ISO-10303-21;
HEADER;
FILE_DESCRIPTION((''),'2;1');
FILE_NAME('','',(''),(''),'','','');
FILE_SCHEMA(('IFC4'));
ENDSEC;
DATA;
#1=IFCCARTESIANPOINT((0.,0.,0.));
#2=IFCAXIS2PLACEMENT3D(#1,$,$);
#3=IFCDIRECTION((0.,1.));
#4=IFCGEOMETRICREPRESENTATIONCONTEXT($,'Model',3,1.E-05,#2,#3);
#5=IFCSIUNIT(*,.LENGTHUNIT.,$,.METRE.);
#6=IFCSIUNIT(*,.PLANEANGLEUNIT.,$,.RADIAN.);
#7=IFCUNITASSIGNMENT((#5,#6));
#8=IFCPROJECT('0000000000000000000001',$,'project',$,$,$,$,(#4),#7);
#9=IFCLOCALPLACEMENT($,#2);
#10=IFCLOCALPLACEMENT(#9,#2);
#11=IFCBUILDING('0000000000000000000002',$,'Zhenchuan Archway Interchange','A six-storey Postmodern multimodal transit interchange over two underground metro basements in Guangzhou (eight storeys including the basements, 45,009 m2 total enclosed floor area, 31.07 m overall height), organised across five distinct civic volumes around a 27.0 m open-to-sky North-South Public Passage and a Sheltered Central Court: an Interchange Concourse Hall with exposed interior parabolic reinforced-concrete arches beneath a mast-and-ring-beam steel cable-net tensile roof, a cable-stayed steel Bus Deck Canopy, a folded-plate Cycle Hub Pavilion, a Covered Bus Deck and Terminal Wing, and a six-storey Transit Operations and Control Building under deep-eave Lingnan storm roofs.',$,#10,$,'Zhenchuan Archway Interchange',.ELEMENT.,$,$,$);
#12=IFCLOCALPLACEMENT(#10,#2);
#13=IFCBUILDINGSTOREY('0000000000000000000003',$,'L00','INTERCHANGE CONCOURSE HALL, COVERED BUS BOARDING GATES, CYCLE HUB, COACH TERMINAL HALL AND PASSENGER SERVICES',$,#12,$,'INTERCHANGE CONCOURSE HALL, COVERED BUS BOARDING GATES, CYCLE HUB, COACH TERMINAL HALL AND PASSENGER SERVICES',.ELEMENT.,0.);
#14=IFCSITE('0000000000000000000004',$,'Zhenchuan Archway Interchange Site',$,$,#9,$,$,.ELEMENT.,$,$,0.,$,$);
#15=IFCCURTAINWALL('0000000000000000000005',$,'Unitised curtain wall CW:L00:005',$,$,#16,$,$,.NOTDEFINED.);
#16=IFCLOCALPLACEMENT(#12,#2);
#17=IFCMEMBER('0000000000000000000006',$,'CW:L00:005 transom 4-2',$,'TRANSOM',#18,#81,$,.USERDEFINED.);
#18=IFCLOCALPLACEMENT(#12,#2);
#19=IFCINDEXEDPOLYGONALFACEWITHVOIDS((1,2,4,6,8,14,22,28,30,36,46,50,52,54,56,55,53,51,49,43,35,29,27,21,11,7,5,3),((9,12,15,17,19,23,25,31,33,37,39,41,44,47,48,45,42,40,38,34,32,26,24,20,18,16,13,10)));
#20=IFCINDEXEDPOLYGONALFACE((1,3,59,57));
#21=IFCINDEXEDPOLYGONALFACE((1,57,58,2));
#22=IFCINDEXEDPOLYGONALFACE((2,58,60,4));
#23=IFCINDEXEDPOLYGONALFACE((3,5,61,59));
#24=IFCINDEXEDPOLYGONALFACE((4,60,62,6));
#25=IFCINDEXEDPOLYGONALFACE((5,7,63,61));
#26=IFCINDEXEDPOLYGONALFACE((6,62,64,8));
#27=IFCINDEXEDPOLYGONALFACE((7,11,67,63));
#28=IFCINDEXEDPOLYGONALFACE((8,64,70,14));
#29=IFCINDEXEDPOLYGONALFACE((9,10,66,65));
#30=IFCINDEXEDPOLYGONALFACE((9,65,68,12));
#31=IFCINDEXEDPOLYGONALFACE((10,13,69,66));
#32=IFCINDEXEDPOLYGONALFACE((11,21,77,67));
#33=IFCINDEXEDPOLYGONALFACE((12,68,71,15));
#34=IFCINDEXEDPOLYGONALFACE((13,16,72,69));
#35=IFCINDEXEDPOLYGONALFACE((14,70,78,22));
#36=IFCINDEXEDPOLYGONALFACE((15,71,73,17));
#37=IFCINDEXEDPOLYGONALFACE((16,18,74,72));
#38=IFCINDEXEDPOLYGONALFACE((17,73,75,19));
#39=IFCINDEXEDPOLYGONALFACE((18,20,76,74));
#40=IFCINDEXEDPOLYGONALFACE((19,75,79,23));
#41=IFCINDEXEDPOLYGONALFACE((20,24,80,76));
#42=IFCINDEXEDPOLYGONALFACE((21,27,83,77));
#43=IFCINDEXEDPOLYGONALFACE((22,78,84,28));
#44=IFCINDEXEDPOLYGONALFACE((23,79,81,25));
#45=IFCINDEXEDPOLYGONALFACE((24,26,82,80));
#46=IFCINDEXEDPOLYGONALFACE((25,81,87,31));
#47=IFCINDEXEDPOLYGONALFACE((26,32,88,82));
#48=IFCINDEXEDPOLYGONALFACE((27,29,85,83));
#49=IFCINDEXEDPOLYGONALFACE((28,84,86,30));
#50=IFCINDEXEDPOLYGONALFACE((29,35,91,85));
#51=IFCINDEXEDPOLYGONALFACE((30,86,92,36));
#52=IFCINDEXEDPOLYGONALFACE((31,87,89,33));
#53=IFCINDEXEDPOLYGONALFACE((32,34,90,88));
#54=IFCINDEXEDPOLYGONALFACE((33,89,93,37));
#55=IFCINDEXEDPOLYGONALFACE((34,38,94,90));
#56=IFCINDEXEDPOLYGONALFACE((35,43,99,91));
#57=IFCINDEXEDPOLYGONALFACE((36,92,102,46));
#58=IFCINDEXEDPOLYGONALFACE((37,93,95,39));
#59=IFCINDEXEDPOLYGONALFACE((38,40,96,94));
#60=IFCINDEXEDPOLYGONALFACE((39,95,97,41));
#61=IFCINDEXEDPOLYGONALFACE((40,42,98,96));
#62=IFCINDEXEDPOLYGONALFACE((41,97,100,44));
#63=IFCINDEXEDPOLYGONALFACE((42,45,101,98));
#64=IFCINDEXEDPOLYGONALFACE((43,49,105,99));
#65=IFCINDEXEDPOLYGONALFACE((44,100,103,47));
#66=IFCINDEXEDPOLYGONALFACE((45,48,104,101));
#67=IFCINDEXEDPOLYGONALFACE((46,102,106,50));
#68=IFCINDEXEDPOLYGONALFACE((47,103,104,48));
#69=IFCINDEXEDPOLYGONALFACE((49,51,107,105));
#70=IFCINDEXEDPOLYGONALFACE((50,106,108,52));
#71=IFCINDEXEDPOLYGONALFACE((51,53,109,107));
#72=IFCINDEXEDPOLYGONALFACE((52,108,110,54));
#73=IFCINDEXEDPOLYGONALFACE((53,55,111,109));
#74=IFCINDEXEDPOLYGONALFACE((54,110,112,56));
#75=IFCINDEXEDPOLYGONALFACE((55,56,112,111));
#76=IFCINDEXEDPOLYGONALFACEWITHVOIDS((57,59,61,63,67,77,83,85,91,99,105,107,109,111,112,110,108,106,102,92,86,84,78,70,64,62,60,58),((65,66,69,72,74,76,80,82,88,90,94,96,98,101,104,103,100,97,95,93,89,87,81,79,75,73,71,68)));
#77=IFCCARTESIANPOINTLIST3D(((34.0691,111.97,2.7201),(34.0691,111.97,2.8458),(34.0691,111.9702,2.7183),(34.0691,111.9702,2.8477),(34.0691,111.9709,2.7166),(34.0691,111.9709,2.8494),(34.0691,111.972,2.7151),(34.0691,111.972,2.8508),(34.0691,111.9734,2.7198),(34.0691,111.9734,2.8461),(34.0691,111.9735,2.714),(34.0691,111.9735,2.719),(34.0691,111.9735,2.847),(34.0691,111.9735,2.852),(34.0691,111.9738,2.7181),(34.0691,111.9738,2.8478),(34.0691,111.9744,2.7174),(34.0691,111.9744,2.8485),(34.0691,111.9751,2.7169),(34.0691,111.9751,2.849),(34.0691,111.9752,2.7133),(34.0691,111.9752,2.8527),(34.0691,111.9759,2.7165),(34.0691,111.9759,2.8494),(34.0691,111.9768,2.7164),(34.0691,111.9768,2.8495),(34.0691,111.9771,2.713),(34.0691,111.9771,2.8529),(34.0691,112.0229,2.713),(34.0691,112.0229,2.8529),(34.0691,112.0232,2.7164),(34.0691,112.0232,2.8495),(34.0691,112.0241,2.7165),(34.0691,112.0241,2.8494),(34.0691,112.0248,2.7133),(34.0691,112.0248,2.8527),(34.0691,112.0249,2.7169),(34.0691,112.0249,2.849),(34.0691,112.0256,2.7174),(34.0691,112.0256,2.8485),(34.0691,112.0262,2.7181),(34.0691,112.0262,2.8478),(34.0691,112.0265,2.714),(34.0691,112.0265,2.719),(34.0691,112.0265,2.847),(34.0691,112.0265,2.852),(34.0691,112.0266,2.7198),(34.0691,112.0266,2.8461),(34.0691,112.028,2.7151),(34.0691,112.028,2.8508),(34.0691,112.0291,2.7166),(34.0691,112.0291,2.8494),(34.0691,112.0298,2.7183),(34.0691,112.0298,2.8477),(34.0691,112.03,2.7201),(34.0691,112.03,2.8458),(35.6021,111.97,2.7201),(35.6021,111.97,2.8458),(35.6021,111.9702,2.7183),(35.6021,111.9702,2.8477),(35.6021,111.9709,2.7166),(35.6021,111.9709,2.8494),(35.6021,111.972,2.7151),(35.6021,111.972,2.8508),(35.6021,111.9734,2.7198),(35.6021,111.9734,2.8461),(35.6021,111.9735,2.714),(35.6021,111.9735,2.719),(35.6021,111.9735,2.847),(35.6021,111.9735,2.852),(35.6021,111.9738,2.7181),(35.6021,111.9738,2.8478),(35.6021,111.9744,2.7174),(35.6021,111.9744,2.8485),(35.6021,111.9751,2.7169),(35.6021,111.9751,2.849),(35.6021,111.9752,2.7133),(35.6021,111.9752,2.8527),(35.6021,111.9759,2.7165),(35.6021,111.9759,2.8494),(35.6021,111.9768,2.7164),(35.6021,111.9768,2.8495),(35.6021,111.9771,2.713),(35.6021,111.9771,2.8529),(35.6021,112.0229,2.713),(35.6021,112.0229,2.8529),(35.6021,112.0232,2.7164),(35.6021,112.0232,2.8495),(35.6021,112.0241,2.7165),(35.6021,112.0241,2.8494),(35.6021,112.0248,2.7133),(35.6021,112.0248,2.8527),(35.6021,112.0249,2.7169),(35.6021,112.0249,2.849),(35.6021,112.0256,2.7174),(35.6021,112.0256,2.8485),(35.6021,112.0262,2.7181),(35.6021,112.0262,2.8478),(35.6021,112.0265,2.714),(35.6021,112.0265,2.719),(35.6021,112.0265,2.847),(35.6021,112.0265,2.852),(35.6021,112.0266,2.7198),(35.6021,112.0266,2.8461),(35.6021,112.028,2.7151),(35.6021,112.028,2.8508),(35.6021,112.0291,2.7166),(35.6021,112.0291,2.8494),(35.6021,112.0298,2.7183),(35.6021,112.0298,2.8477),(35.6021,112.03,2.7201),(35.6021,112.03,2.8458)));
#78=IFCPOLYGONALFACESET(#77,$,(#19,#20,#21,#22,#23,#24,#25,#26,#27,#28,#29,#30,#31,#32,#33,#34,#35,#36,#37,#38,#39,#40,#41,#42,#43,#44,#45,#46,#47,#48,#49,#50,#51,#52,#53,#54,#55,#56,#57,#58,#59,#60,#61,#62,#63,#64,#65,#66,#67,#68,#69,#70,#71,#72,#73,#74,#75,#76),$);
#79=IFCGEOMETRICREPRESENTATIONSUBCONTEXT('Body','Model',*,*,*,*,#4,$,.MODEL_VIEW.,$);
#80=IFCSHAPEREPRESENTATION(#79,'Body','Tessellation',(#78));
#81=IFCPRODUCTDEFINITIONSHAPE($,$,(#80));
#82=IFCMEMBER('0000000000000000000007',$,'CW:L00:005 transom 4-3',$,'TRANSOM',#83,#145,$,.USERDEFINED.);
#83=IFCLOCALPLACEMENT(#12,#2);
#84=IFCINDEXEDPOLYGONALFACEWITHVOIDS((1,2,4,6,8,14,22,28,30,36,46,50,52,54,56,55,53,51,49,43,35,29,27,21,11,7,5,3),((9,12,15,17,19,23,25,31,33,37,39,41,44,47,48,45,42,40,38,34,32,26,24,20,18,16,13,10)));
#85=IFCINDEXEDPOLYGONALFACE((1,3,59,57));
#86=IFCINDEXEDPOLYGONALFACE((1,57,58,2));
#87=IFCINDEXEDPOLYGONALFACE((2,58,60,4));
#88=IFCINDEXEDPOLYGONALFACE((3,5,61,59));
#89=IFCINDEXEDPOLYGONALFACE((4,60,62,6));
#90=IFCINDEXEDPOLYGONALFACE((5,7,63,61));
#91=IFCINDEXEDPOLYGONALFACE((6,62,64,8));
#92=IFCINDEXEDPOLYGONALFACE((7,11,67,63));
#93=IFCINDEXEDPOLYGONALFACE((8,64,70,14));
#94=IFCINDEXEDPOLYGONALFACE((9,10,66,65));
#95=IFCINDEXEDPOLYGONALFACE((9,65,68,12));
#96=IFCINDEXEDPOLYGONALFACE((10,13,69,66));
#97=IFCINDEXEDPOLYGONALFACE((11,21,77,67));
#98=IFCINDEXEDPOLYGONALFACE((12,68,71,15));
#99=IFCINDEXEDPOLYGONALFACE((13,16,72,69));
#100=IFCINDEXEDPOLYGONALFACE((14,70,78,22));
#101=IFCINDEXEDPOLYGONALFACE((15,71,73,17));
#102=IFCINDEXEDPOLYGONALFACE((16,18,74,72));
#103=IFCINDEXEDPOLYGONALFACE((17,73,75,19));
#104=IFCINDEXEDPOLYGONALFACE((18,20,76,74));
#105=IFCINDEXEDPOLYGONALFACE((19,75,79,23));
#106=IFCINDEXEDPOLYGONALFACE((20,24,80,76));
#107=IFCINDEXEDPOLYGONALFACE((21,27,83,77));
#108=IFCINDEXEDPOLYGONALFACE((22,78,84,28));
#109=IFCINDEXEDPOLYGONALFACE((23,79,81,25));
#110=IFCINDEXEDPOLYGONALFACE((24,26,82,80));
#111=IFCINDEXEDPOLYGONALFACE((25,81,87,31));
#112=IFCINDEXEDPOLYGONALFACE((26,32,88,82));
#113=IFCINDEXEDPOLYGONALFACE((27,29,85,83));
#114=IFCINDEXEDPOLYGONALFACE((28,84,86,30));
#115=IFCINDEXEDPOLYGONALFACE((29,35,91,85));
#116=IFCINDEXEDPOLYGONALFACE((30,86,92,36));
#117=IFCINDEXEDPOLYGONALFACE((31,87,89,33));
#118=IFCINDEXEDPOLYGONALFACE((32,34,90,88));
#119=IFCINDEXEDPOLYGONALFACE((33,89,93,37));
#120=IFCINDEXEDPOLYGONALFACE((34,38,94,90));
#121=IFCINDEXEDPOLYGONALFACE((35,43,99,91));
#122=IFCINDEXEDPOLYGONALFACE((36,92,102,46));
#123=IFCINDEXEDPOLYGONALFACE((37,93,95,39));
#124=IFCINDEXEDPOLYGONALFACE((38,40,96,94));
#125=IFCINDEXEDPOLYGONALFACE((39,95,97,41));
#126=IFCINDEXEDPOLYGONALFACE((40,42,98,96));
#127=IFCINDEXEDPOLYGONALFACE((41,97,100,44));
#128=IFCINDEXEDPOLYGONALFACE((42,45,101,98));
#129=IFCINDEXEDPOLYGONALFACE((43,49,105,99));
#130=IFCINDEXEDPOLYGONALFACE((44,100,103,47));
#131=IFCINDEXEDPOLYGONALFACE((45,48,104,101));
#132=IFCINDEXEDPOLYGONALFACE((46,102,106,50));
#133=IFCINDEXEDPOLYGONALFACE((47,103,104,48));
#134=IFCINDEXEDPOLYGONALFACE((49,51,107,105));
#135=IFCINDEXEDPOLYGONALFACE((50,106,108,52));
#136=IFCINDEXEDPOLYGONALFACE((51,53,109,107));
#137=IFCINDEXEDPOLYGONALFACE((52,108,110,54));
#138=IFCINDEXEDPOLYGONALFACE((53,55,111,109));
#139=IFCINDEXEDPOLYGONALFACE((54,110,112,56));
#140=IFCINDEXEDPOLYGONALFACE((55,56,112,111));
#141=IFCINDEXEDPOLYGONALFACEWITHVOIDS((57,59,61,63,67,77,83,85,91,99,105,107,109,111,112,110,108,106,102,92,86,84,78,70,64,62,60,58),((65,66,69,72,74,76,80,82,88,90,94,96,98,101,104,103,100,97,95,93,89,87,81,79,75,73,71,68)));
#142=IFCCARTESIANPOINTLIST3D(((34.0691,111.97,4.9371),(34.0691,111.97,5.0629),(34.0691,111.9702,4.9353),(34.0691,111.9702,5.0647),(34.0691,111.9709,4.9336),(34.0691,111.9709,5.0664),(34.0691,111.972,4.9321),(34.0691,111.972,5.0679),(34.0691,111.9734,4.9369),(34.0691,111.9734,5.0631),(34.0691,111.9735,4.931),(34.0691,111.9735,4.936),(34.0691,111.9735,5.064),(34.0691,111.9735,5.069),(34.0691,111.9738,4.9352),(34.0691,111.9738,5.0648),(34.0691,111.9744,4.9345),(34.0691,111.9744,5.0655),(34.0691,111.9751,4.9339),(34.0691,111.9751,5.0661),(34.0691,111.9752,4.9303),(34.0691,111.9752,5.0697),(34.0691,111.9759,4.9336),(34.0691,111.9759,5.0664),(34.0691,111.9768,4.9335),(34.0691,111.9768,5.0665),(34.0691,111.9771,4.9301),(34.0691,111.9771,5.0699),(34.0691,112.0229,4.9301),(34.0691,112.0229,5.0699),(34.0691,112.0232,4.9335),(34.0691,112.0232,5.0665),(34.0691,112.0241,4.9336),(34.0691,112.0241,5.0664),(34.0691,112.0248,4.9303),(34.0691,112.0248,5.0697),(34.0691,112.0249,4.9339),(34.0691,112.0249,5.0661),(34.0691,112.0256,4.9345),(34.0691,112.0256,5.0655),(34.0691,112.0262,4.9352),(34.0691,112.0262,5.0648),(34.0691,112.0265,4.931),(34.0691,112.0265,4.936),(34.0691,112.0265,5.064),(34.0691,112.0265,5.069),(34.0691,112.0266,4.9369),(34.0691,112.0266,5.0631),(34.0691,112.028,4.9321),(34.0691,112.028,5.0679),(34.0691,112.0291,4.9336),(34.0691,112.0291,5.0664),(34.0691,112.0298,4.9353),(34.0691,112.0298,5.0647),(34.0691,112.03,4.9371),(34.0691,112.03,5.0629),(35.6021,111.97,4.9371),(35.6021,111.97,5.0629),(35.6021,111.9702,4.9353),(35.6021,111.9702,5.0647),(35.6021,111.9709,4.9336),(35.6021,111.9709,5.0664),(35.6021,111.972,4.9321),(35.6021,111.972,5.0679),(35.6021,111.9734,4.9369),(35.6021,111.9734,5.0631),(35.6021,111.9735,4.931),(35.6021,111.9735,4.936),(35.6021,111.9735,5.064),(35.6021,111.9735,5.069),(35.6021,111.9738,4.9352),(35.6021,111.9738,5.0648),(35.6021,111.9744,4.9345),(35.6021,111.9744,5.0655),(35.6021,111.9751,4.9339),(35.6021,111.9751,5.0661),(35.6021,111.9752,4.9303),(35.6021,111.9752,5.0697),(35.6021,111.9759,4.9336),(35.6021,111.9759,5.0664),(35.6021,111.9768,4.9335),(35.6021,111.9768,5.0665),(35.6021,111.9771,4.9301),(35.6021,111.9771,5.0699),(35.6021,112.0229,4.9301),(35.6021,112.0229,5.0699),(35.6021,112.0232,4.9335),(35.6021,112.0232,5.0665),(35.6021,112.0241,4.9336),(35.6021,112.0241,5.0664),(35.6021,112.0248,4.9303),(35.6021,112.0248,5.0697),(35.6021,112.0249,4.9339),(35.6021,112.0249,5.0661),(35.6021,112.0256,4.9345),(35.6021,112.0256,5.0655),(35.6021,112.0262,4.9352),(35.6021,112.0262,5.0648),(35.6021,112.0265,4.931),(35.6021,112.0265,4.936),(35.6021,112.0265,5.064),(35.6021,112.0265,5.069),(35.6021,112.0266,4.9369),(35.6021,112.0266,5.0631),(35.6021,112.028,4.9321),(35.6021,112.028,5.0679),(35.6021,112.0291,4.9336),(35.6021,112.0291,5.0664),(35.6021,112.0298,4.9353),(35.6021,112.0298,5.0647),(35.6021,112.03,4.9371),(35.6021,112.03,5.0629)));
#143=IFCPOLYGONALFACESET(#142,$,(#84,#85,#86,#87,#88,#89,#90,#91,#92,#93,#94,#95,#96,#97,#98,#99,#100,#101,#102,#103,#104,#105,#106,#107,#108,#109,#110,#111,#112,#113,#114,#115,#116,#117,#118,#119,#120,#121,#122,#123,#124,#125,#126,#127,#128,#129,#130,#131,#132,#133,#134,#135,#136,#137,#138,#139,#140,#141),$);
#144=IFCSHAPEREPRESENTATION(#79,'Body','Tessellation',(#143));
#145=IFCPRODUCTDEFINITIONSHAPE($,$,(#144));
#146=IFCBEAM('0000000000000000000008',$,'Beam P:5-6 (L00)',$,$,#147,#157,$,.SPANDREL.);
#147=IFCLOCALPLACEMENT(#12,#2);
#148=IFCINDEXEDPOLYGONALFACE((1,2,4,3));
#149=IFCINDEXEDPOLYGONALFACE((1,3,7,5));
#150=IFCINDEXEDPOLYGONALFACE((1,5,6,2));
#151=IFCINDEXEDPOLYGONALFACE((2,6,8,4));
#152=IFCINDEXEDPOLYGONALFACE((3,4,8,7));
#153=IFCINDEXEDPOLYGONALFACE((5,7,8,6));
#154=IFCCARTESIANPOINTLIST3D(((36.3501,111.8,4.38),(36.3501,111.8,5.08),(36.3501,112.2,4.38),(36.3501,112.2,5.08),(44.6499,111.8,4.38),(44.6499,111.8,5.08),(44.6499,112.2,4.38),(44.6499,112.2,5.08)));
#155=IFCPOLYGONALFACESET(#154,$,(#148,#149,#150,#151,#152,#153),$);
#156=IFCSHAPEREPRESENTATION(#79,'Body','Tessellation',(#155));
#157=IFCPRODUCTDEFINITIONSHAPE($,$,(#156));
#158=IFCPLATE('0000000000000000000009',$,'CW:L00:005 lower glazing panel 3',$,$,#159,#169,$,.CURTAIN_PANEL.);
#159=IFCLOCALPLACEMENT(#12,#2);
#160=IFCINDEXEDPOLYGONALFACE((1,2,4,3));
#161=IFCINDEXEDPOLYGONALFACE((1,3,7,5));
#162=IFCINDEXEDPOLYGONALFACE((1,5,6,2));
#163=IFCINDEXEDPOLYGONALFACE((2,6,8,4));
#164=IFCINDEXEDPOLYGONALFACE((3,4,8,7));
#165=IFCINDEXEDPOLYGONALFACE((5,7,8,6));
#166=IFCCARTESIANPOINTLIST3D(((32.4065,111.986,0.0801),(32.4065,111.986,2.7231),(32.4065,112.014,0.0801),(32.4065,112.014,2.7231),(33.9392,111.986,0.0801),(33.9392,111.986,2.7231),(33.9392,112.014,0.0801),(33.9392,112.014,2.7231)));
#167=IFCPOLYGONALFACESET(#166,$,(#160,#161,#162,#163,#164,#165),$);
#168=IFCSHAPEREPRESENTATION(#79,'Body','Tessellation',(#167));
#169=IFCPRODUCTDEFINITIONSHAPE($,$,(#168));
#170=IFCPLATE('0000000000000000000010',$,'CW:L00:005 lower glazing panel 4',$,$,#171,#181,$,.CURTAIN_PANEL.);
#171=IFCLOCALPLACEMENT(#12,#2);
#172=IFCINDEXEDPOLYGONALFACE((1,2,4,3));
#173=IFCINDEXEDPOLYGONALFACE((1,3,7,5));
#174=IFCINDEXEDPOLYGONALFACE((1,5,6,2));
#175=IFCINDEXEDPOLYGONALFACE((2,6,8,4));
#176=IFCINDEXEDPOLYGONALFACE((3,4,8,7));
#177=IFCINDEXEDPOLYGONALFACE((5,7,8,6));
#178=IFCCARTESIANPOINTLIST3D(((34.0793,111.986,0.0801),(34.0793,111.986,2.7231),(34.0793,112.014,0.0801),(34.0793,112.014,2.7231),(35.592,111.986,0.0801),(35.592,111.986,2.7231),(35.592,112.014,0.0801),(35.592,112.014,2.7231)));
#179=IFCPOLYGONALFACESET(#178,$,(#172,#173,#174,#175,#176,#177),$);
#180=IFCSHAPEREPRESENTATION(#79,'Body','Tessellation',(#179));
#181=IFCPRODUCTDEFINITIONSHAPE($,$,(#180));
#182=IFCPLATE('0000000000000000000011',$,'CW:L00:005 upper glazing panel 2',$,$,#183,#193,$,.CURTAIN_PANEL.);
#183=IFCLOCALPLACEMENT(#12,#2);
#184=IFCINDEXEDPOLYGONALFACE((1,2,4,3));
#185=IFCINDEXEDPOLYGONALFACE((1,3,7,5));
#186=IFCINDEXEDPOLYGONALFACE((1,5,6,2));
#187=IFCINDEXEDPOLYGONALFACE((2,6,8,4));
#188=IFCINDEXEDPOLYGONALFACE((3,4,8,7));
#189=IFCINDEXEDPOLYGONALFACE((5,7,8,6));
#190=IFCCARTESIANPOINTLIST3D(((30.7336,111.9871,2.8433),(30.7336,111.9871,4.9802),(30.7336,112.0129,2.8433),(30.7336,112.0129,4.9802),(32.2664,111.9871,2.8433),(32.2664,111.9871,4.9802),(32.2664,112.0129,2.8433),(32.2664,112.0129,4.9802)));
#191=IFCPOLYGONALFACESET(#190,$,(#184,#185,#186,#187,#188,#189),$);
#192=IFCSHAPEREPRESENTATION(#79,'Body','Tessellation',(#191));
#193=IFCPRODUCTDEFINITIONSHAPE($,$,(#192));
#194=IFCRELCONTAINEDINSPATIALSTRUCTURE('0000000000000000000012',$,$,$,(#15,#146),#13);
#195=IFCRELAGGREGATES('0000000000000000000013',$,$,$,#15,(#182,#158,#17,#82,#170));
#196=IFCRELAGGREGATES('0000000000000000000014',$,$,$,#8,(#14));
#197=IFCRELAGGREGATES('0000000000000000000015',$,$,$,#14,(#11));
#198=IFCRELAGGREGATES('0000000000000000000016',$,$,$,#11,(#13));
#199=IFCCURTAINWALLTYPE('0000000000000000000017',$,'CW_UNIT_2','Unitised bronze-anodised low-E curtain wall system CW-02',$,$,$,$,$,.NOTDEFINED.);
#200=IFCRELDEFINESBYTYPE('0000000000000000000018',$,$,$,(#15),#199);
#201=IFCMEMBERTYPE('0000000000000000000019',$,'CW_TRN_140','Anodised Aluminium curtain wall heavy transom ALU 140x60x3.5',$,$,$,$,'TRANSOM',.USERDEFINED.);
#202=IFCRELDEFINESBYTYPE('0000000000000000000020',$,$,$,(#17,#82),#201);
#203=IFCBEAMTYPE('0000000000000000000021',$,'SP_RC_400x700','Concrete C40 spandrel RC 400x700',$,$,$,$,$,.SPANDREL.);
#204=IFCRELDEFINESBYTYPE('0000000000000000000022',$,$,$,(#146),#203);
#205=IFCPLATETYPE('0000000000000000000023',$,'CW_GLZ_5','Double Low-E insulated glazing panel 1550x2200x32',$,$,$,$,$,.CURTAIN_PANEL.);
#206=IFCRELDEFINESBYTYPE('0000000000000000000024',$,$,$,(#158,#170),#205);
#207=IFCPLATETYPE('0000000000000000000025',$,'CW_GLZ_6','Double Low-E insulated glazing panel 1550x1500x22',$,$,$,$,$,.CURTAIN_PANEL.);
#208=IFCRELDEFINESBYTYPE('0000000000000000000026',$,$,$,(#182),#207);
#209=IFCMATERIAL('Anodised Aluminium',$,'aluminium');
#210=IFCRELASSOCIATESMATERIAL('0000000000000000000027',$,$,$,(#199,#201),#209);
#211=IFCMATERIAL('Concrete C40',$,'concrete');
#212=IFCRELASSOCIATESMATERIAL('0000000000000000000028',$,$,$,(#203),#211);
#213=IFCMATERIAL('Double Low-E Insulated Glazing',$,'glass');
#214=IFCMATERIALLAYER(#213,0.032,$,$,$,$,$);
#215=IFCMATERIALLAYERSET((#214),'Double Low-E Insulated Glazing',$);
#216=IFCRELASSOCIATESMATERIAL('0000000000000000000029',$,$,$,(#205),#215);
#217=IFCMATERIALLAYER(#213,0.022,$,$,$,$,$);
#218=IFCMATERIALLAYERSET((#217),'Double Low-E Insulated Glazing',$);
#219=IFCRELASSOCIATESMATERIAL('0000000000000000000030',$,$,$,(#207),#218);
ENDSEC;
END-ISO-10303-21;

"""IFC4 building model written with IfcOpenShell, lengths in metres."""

from ifc_helpers import new_model, si_unit, direction, frame, origin, origin_2d, place, context, subcontext, project, spatial, rectangle, hollow_rectangle, extrude, material, layer, layer_set, material_profile, profile_set, type_object, element, aggregate, save


model = new_model("IFC4")

# Units and contexts
model_context = context("Model", 3, precision=1e-05, world=origin(), true_north=direction((0.0, 1.0)))
body_context = subcontext(model_context, "Body", "Model", "MODEL_VIEW")
ifc_project = project(units=[si_unit("LENGTHUNIT", "METRE"), si_unit("PLANEANGLEUNIT", "RADIAN")], contexts=[model_context])

# Site, building, storey
site_placement = place(None, origin())
site = spatial("IfcSite", under=ifc_project, at=site_placement, Name="Zhenchuan Archway Interchange Site", CompositionType="ELEMENT", RefElevation=0.0)
building_placement = place(site_placement, origin())
building = spatial("IfcBuilding", under=site, at=building_placement, Name="Zhenchuan Archway Interchange", Description="A six-storey Postmodern multimodal transit interchange over two underground metro basements in Guangzhou (eight storeys including the basements, 45,009 m2 total enclosed floor area, 31.07 m overall height), organised across five distinct civic volumes around a 27.0 m open-to-sky North-South Public Passage and a Sheltered Central Court: an Interchange Concourse Hall with exposed interior parabolic reinforced-concrete arches beneath a mast-and-ring-beam steel cable-net tensile roof, a cable-stayed steel Bus Deck Canopy, a folded-plate Cycle Hub Pavilion, a Covered Bus Deck and Terminal Wing, and a six-storey Transit Operations and Control Building under deep-eave Lingnan storm roofs.", LongName="Zhenchuan Archway Interchange", CompositionType="ELEMENT")
storey_placement = place(building_placement, origin())
storey = spatial("IfcBuildingStorey", under=building, at=storey_placement, Name="L00", Description="INTERCHANGE CONCOURSE HALL, COVERED BUS BOARDING GATES, CYCLE HUB, COACH TERMINAL HALL AND PASSENGER SERVICES", LongName="INTERCHANGE CONCOURSE HALL, COVERED BUS BOARDING GATES, CYCLE HUB, COACH TERMINAL HALL AND PASSENGER SERVICES", CompositionType="ELEMENT", Elevation=0.0)

# Shared definitions
ifc_material_1 = material(Name="Concrete C40", Category="concrete")

# Curtain wall, members
ifc_material_2 = material(Name="Anodised Aluminium", Category="aluminium")
curtain_wall_type = type_object("IfcCurtainWallType", Name="CW_UNIT_2", Description="Unitised bronze-anodised low-E curtain wall system CW-02", PredefinedType="NOTDEFINED", material=ifc_material_2)
curtain_wall_placement = place(storey_placement, origin())
curtain_wall = element("IfcCurtainWall", 1, at=curtain_wall_placement, inside=storey, type_object=curtain_wall_type, Name="Unitised curtain wall CW:L00:005", PredefinedType="NOTDEFINED")
ifc_material_profile_1 = material_profile(ifc_material_2, hollow_rectangle(XDim=0.0601, YDim=0.1399, WallThickness=0.0034, InnerFilletRadius=0.0034, OuterFilletRadius=0.0071, at=origin_2d()), Name="ALU 140x60x3.5")
ifc_profile_set_1 = profile_set([ifc_material_profile_1], Name="Anodised Aluminium")
member_type_1 = type_object("IfcMemberType", Name="CW_TRN_140", Description="Anodised Aluminium curtain wall heavy transom ALU 140x60x3.5", ElementType="TRANSOM", PredefinedType="USERDEFINED", material=ifc_profile_set_1)
member_1_placement = place(storey_placement, frame((34.0691, 112.0, 2.783), z_axis=(1.0, 0.0, 0.0), x_axis=(0.0, 1.0, 0.0)))
member_1 = element("IfcMember", 2, at=member_1_placement, type_object=member_type_1, Name="CW:L00:005 transom 4-2", ObjectType="TRANSOM", PredefinedType="USERDEFINED", context=body_context, shape_type="SweptSolid", body=[
    extrude(hollow_rectangle(XDim=0.0601, YDim=0.1399, WallThickness=0.0034, InnerFilletRadius=0.0034, OuterFilletRadius=0.0071, at=origin_2d()), origin(), (0.0, 0.0, 1.0), 1.533),
])
member_2_placement = place(storey_placement, frame((34.0691, 112.0, 5.0), z_axis=(1.0, 0.0, 0.0), x_axis=(0.0, 1.0, 0.0)))
member_2 = element("IfcMember", 3, at=member_2_placement, type_object=member_type_1, Name="CW:L00:005 transom 4-3", ObjectType="TRANSOM", PredefinedType="USERDEFINED", context=body_context, shape_type="SweptSolid", body=[
    extrude(hollow_rectangle(XDim=0.0601, YDim=0.1399, WallThickness=0.0034, InnerFilletRadius=0.0034, OuterFilletRadius=0.0071, at=origin_2d()), origin(), (0.0, 0.0, 1.0), 1.533),
])

# Beam
ifc_material_profile_2 = material_profile(ifc_material_1, rectangle(XDim=0.3999, YDim=0.7, at=origin_2d()), Name="RC 400x700")
ifc_profile_set_2 = profile_set([ifc_material_profile_2], Name="Concrete C40")
beam_type = type_object("IfcBeamType", Name="SP_RC_400x700", Description="Concrete C40 spandrel RC 400x700", PredefinedType="SPANDREL", material=ifc_profile_set_2)
beam_placement = place(storey_placement, frame((36.3501, 112.0, 4.73), z_axis=(1.0, 0.0, 0.0), x_axis=(0.0, 1.0, 0.0)))
element("IfcBeam", 4, at=beam_placement, inside=storey, type_object=beam_type, Name="Beam P:5-6 (L00)", PredefinedType="SPANDREL", context=body_context, shape_type="SweptSolid", body=[
    extrude(rectangle(XDim=0.3999, YDim=0.7, at=origin_2d()), origin(), (0.0, 0.0, 1.0), 8.2998),
])

# Plates
ifc_material_3 = material(Name="Double Low-E Insulated Glazing", Category="glass")
ifc_layer_1 = layer(ifc_material_3, 0.032)
ifc_layer_set_1 = layer_set([ifc_layer_1], Name="Double Low-E Insulated Glazing")
plate_type_1 = type_object("IfcPlateType", Name="CW_GLZ_5", Description="Double Low-E insulated glazing panel 1550x2200x32", PredefinedType="CURTAIN_PANEL", material=ifc_layer_set_1)
plate_1_placement = place(storey_placement, frame((33.1729, 112.0, 0.0801), z_axis=(0.0, 0.0, 1.0), x_axis=(1.0, 0.0, 0.0)))
plate_1 = element("IfcPlate", 5, at=plate_1_placement, type_object=plate_type_1, Name="CW:L00:005 lower glazing panel 3", PredefinedType="CURTAIN_PANEL", context=body_context, shape_type="SweptSolid", body=[
    extrude(rectangle(XDim=1.5327, YDim=0.0281, at=origin_2d()), origin(), (0.0, 0.0, 1.0), 2.6431),
])
plate_2_placement = place(storey_placement, frame((34.8357, 112.0, 0.0801), z_axis=(0.0, 0.0, 1.0), x_axis=(1.0, 0.0, 0.0)))
plate_2 = element("IfcPlate", 6, at=plate_2_placement, type_object=plate_type_1, Name="CW:L00:005 lower glazing panel 4", PredefinedType="CURTAIN_PANEL", context=body_context, shape_type="SweptSolid", body=[
    extrude(rectangle(XDim=1.5127, YDim=0.0281, at=origin_2d()), origin(), (0.0, 0.0, 1.0), 2.6431),
])
ifc_layer_2 = layer(ifc_material_3, 0.022)
ifc_layer_set_2 = layer_set([ifc_layer_2], Name="Double Low-E Insulated Glazing")
plate_type_2 = type_object("IfcPlateType", Name="CW_GLZ_6", Description="Double Low-E insulated glazing panel 1550x1500x22", PredefinedType="CURTAIN_PANEL", material=ifc_layer_set_2)
plate_3_placement = place(storey_placement, frame((31.5, 112.0, 2.8433), z_axis=(0.0, 0.0, 1.0), x_axis=(1.0, 0.0, 0.0)))
plate_3 = element("IfcPlate", 7, at=plate_3_placement, type_object=plate_type_2, Name="CW:L00:005 upper glazing panel 2", PredefinedType="CURTAIN_PANEL", context=body_context, shape_type="SweptSolid", body=[
    extrude(rectangle(XDim=1.5327, YDim=0.0259, at=origin_2d()), origin(), (0.0, 0.0, 1.0), 2.137),
])
aggregate(curtain_wall, [plate_3, plate_1, member_1, member_2, plate_2])

save(model, "model.ifc")
